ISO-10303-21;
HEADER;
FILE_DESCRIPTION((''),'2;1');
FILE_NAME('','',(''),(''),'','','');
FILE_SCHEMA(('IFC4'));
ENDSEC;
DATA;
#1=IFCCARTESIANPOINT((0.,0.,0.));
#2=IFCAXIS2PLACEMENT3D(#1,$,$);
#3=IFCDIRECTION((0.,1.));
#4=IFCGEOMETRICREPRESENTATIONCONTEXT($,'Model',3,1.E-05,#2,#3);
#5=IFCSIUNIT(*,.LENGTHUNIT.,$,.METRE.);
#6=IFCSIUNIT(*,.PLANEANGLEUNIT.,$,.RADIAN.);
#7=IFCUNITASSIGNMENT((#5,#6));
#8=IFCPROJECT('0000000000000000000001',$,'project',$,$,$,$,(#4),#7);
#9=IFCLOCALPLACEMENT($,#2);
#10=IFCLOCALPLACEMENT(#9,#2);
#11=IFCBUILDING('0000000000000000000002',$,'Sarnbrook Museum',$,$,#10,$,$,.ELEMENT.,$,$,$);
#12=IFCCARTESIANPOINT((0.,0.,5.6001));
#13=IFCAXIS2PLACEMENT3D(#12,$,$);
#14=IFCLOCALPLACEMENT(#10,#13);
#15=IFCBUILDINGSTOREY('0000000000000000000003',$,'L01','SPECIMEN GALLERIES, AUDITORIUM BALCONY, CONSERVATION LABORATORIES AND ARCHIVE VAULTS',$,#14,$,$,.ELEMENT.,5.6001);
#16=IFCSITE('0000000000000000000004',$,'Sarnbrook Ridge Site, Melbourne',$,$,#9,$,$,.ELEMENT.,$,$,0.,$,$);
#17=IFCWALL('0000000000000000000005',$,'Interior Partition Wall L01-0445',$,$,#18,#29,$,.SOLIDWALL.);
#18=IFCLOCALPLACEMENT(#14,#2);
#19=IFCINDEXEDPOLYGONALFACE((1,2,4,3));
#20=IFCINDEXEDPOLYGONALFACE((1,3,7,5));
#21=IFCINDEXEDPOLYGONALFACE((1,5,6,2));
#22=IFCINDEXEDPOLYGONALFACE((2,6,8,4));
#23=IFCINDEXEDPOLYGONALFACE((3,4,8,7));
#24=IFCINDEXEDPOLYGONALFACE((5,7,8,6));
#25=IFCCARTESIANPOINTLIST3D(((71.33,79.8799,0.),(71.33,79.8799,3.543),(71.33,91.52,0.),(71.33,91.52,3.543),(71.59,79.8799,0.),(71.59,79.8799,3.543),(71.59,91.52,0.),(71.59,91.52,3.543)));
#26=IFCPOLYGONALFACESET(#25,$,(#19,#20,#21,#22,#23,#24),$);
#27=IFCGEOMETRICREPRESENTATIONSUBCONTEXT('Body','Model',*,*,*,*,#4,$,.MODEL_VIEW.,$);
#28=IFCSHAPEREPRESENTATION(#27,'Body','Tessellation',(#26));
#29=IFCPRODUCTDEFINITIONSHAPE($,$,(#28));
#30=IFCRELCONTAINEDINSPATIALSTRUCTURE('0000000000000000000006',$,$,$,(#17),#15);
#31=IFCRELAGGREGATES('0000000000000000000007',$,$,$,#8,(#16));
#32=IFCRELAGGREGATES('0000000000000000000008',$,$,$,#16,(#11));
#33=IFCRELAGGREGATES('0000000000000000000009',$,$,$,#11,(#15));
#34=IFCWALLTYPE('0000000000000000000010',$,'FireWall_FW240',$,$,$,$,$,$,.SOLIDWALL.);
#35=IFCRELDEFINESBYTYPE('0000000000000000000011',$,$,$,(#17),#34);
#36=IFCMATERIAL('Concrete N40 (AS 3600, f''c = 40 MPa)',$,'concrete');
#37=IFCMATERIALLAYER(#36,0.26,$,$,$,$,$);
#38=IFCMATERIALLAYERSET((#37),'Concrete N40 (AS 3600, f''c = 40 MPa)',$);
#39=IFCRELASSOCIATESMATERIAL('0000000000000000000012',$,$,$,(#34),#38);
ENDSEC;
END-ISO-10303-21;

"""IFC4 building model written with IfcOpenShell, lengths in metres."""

from ifc_helpers import new_model, si_unit, direction, frame, frame_2d, origin, place, context, subcontext, project, spatial, rectangle, extrude, material, layer, layer_set, type_object, element, save


model = new_model("IFC4")

# Units and contexts
model_context = context("Model", 3, precision=1e-05, world=origin(), true_north=direction((0.0, 1.0)))
body_context = subcontext(model_context, "Body", "Model", "MODEL_VIEW")
ifc_project = project(units=[si_unit("LENGTHUNIT", "METRE"), si_unit("PLANEANGLEUNIT", "RADIAN")], contexts=[model_context])

# Site, building, storey
site_placement = place(None, origin())
site = spatial("IfcSite", under=ifc_project, at=site_placement, Name="Sarnbrook Ridge Site, Melbourne", CompositionType="ELEMENT", RefElevation=0.0)
building_placement = place(site_placement, origin())
building = spatial("IfcBuilding", under=site, at=building_placement, Name="Sarnbrook Museum", CompositionType="ELEMENT")
storey_placement = place(building_placement, frame((0.0, 0.0, 5.6001)))
storey = spatial("IfcBuildingStorey", under=building, at=storey_placement, Name="L01", Description="SPECIMEN GALLERIES, AUDITORIUM BALCONY, CONSERVATION LABORATORIES AND ARCHIVE VAULTS", CompositionType="ELEMENT", Elevation=5.6001)

# Shared definitions
ifc_material_1 = material(Name="Concrete N40 (AS 3600, f'c = 40 MPa)", Category="concrete")
ifc_layer = layer(ifc_material_1, 0.26)
ifc_layer_set = layer_set([ifc_layer], Name="Concrete N40 (AS 3600, f'c = 40 MPa)")
wall_type = type_object("IfcWallType", Name="FireWall_FW240", PredefinedType="SOLIDWALL", material=ifc_layer_set)

# Wall
wall_1_placement = place(storey_placement, frame((71.46, 91.52, 0.0), z_axis=(0.0, 0.0, 1.0), x_axis=(0.0, -1.0, 0.0)))
element("IfcWall", 1, at=wall_1_placement, inside=storey, type_object=wall_type, Name="Interior Partition Wall L01-0445", PredefinedType="SOLIDWALL", context=body_context, shape_type="SweptSolid", body=[
    extrude(rectangle(XDim=11.6401, YDim=0.26, at=frame_2d((5.8201, 0.0))), origin(), (0.0, 0.0, 1.0), 3.543),
])

save(model, "model.ifc")
